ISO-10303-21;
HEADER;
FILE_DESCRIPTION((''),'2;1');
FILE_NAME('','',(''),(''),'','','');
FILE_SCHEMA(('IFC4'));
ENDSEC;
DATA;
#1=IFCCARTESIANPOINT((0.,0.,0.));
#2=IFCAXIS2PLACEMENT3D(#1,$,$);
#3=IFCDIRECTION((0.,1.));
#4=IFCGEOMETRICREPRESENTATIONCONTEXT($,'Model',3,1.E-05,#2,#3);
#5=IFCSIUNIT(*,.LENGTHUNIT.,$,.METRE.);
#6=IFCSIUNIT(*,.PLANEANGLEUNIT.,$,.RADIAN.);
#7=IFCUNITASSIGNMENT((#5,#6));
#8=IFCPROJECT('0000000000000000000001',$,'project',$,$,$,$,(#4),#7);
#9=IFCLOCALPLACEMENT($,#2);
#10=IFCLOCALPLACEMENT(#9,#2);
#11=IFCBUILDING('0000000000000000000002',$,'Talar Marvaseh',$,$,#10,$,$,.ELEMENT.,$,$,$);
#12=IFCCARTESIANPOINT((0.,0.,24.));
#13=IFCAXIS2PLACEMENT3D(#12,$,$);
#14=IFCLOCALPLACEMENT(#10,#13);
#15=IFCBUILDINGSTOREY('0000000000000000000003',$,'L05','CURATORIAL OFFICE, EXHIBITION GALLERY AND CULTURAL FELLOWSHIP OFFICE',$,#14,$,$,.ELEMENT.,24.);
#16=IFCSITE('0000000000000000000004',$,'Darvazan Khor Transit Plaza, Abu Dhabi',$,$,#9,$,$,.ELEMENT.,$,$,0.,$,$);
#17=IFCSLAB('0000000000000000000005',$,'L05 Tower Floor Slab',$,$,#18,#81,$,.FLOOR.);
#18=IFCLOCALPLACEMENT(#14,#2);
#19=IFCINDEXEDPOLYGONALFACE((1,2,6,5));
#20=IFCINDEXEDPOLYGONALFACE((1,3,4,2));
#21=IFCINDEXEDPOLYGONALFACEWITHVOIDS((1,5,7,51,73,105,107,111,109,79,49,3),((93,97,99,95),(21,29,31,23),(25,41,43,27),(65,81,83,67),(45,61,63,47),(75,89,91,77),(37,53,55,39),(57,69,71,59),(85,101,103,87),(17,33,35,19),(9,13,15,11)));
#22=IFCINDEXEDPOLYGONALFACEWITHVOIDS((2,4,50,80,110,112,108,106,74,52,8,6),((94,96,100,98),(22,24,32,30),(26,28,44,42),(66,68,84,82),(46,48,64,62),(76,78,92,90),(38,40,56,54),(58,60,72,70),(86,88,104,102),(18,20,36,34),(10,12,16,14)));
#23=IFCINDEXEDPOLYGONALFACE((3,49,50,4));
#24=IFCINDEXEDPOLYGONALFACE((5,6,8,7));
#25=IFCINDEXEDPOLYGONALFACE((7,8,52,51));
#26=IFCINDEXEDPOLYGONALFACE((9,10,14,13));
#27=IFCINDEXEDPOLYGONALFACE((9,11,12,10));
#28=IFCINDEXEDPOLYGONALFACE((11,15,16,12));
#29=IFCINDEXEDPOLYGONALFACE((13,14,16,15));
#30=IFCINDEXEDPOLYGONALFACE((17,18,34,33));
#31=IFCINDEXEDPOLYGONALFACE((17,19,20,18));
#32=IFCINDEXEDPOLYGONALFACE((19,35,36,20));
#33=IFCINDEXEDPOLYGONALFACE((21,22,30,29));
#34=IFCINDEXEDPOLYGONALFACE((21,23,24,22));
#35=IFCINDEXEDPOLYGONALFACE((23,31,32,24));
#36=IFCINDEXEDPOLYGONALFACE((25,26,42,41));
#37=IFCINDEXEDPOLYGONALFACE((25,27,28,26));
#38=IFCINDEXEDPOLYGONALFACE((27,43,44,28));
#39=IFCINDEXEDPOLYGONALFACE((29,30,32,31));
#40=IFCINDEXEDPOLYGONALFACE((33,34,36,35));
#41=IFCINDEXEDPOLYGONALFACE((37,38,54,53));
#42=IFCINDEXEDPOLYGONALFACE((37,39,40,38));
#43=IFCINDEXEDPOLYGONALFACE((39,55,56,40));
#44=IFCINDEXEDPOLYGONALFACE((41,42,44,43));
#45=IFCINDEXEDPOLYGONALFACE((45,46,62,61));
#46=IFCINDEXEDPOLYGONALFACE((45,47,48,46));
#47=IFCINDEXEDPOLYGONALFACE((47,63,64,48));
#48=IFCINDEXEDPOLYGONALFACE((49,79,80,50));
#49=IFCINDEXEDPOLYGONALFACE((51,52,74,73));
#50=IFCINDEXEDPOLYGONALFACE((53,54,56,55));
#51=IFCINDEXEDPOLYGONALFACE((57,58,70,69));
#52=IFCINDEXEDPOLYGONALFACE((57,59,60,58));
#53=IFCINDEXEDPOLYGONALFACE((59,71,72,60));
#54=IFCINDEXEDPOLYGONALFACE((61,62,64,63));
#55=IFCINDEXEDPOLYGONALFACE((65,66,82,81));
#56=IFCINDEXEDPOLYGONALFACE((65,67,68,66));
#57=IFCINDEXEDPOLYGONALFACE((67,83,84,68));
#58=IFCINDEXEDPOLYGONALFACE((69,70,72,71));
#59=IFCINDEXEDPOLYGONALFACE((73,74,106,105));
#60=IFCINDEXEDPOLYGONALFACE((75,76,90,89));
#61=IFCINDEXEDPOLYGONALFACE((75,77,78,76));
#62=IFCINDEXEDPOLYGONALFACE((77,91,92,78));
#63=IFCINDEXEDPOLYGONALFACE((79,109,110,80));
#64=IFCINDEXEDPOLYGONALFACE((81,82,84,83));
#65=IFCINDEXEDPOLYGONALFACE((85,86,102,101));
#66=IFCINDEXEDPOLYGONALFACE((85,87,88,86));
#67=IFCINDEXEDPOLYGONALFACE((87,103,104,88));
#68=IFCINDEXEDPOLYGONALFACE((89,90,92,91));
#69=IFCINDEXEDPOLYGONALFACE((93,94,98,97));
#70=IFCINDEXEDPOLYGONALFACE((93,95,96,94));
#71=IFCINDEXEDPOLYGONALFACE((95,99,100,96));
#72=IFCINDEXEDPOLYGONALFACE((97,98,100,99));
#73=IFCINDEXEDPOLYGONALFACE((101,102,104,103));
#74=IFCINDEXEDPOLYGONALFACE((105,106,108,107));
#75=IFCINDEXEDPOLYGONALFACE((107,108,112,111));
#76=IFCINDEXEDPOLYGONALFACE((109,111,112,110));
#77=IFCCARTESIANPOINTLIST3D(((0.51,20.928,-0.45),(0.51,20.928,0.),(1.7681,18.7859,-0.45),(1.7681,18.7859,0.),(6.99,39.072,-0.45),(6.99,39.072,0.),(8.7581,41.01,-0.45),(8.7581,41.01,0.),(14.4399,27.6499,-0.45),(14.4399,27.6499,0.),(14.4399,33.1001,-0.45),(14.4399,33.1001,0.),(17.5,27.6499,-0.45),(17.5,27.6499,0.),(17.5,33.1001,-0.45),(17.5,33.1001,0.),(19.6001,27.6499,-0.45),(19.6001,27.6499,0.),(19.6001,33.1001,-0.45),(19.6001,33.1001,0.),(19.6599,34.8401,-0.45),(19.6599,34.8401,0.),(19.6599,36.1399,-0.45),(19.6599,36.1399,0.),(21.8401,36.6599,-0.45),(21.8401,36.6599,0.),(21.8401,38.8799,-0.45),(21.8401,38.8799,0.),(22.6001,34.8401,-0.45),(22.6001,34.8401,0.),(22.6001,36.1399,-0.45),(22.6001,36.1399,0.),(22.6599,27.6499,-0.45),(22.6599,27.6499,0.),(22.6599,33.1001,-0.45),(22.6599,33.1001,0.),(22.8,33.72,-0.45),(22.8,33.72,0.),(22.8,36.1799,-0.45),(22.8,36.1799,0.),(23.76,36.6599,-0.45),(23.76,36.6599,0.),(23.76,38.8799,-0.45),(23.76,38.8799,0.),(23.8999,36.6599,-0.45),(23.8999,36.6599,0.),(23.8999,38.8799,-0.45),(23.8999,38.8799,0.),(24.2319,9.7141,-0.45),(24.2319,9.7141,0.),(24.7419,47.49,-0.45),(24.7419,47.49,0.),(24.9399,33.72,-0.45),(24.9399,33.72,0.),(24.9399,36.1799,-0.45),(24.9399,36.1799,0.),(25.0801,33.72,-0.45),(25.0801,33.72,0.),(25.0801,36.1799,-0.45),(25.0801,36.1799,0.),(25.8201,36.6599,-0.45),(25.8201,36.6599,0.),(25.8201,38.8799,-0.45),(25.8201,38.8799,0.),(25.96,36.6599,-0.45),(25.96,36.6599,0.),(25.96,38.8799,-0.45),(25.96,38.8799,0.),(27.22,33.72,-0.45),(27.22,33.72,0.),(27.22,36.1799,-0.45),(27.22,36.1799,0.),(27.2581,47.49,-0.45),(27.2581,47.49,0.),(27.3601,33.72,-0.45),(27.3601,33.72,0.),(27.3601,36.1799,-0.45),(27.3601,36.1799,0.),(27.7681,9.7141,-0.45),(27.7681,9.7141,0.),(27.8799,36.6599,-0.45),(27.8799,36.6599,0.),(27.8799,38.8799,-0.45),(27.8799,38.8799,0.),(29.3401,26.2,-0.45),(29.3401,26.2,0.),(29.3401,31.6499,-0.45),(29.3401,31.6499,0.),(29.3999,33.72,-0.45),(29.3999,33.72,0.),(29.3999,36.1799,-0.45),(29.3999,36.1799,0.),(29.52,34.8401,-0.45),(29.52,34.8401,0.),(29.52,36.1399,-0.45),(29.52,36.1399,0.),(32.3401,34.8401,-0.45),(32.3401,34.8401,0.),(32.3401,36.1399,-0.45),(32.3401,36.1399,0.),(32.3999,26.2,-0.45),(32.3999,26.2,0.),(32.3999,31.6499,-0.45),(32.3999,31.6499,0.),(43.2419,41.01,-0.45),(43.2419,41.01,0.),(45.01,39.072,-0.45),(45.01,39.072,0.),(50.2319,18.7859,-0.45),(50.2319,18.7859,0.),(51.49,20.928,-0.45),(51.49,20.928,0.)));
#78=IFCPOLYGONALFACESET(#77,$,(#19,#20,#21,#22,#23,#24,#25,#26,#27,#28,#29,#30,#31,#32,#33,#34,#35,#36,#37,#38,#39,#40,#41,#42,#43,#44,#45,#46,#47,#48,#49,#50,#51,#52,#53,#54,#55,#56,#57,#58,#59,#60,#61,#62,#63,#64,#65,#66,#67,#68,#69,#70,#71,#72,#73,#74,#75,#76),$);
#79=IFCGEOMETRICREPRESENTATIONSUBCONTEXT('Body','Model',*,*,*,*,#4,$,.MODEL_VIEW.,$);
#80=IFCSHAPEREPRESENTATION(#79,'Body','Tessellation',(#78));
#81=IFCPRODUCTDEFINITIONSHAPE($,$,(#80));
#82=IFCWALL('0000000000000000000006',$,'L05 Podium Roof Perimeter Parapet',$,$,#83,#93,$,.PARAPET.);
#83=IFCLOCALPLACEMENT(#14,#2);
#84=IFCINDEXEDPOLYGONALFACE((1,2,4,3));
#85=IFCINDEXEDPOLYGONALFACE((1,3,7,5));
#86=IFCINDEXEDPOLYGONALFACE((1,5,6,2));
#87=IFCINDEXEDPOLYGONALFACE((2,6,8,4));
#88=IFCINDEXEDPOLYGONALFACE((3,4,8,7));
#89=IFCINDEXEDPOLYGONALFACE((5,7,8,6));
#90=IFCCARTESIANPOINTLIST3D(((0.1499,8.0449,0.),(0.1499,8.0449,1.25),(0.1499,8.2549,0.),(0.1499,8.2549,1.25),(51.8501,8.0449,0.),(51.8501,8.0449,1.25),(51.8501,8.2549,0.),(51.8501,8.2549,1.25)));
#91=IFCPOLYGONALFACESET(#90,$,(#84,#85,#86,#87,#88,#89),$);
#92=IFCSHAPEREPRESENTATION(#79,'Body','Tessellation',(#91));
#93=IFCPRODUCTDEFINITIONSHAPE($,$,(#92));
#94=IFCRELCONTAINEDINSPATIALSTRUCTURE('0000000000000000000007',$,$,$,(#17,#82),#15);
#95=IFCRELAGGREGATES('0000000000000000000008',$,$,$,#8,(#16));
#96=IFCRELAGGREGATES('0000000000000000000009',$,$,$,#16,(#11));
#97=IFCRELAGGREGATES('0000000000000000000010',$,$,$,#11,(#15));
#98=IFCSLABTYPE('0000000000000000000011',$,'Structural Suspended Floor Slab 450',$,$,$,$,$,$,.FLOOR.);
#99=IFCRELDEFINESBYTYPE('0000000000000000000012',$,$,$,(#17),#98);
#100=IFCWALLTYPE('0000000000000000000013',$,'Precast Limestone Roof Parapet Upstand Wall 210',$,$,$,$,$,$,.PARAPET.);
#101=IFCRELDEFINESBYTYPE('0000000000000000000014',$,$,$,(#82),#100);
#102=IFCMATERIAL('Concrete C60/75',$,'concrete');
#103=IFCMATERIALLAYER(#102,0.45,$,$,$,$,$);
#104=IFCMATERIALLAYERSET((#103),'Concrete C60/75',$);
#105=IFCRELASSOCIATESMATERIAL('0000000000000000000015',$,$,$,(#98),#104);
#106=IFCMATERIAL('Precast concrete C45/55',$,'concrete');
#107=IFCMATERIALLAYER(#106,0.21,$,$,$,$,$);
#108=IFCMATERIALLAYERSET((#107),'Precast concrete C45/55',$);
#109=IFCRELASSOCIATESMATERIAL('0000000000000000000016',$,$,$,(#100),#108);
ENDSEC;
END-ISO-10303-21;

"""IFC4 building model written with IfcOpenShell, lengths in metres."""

from ifc_helpers import new_model, si_unit, direction, frame, frame_2d, origin, place, context, subcontext, project, spatial, polyline, rectangle, outline, extrude, material, layer, layer_set, type_object, element, save


model = new_model("IFC4")

# Units and contexts
model_context = context("Model", 3, precision=1e-05, world=origin(), true_north=direction((0.0, 1.0)))
body_context = subcontext(model_context, "Body", "Model", "MODEL_VIEW")
ifc_project = project(units=[si_unit("LENGTHUNIT", "METRE"), si_unit("PLANEANGLEUNIT", "RADIAN")], contexts=[model_context])

# Site, building, storey
site_placement = place(None, origin())
site = spatial("IfcSite", under=ifc_project, at=site_placement, Name="Darvazan Khor Transit Plaza, Abu Dhabi", CompositionType="ELEMENT", RefElevation=0.0)
building_placement = place(site_placement, origin())
building = spatial("IfcBuilding", under=site, at=building_placement, Name="Talar Marvaseh", CompositionType="ELEMENT")
storey_placement = place(building_placement, frame((0.0, 0.0, 24.0)))
storey = spatial("IfcBuildingStorey", under=building, at=storey_placement, Name="L05", Description="CURATORIAL OFFICE, EXHIBITION GALLERY AND CULTURAL FELLOWSHIP OFFICE", CompositionType="ELEMENT", Elevation=24.0)

# Shared definitions
ifc_material_1 = material(Name="Precast concrete C45/55", Category="concrete")

# Slab
ifc_material_2 = material(Name="Concrete C60/75", Category="concrete")
ifc_layer_1 = layer(ifc_material_2, 0.45)
ifc_layer_set_1 = layer_set([ifc_layer_1], Name="Concrete C60/75")
slab_type_1 = type_object("IfcSlabType", Name="Structural Suspended Floor Slab 450", PredefinedType="FLOOR", material=ifc_layer_set_1)
slab_1_placement = place(storey_placement, frame((0.0, 0.0, -0.45)))
element("IfcSlab", 1, at=slab_1_placement, inside=storey, type_object=slab_type_1, Name="L05 Tower Floor Slab", PredefinedType="FLOOR", context=body_context, shape_type="SweptSolid", body=[
    extrude(outline(polyline([(1.7681, 18.7859), (0.51, 20.928), (6.99, 39.072), (8.7581, 41.01), (24.7419, 47.49), (27.2581, 47.49), (43.2419, 41.01), (45.01, 39.072), (51.49, 20.928), (50.2319, 18.7859), (27.7681, 9.7141), (24.2319, 9.7141), (1.7681, 18.7859)]), holes=[polyline([(22.6599, 27.6499), (22.6599, 33.1001), (19.6001, 33.1001), (19.6001, 27.6499), (22.6599, 27.6499)]), polyline([(29.3401, 31.6499), (29.3401, 26.2), (32.3999, 26.2), (32.3999, 31.6499), (29.3401, 31.6499)]), polyline([(17.5, 27.6499), (17.5, 33.1001), (14.4399, 33.1001), (14.4399, 27.6499), (17.5, 27.6499)]), polyline([(22.8, 33.72), (24.9399, 33.72), (24.9399, 36.1799), (22.8, 36.1799), (22.8, 33.72)]), polyline([(25.0801, 33.72), (27.22, 33.72), (27.22, 36.1799), (25.0801, 36.1799), (25.0801, 33.72)]), polyline([(27.3601, 33.72), (29.3999, 33.72), (29.3999, 36.1799), (27.3601, 36.1799), (27.3601, 33.72)]), polyline([(21.8401, 36.6599), (23.76, 36.6599), (23.76, 38.8799), (21.8401, 38.8799), (21.8401, 36.6599)]), polyline([(23.8999, 36.6599), (25.8201, 36.6599), (25.8201, 38.8799), (23.8999, 38.8799), (23.8999, 36.6599)]), polyline([(25.96, 36.6599), (27.8799, 36.6599), (27.8799, 38.8799), (25.96, 38.8799), (25.96, 36.6599)]), polyline([(19.6599, 34.8401), (22.6001, 34.8401), (22.6001, 36.1399), (19.6599, 36.1399), (19.6599, 34.8401)]), polyline([(29.52, 34.8401), (32.3401, 34.8401), (32.3401, 36.1399), (29.52, 36.1399), (29.52, 34.8401)])]), origin(), (0.0, 0.0, 1.0), 0.45),
])

# Wall
ifc_layer_2 = layer(ifc_material_1, 0.21)
ifc_layer_set_2 = layer_set([ifc_layer_2], Name="Precast concrete C45/55")
wall_type = type_object("IfcWallType", Name="Precast Limestone Roof Parapet Upstand Wall 210", PredefinedType="PARAPET", material=ifc_layer_set_2)
wall_placement = place(storey_placement, frame((0.1499, 8.1499, 0.0), z_axis=(0.0, 0.0, 1.0), x_axis=(1.0, 0.0, 0.0)))
element("IfcWall", 2, at=wall_placement, inside=storey, type_object=wall_type, Name="L05 Podium Roof Perimeter Parapet", PredefinedType="PARAPET", context=body_context, shape_type="SweptSolid", body=[
    extrude(rectangle(XDim=51.7002, YDim=0.21, at=frame_2d((25.8501, 0.0))), origin(), (0.0, 0.0, 1.0), 1.25),
])

save(model, "model.ifc")
